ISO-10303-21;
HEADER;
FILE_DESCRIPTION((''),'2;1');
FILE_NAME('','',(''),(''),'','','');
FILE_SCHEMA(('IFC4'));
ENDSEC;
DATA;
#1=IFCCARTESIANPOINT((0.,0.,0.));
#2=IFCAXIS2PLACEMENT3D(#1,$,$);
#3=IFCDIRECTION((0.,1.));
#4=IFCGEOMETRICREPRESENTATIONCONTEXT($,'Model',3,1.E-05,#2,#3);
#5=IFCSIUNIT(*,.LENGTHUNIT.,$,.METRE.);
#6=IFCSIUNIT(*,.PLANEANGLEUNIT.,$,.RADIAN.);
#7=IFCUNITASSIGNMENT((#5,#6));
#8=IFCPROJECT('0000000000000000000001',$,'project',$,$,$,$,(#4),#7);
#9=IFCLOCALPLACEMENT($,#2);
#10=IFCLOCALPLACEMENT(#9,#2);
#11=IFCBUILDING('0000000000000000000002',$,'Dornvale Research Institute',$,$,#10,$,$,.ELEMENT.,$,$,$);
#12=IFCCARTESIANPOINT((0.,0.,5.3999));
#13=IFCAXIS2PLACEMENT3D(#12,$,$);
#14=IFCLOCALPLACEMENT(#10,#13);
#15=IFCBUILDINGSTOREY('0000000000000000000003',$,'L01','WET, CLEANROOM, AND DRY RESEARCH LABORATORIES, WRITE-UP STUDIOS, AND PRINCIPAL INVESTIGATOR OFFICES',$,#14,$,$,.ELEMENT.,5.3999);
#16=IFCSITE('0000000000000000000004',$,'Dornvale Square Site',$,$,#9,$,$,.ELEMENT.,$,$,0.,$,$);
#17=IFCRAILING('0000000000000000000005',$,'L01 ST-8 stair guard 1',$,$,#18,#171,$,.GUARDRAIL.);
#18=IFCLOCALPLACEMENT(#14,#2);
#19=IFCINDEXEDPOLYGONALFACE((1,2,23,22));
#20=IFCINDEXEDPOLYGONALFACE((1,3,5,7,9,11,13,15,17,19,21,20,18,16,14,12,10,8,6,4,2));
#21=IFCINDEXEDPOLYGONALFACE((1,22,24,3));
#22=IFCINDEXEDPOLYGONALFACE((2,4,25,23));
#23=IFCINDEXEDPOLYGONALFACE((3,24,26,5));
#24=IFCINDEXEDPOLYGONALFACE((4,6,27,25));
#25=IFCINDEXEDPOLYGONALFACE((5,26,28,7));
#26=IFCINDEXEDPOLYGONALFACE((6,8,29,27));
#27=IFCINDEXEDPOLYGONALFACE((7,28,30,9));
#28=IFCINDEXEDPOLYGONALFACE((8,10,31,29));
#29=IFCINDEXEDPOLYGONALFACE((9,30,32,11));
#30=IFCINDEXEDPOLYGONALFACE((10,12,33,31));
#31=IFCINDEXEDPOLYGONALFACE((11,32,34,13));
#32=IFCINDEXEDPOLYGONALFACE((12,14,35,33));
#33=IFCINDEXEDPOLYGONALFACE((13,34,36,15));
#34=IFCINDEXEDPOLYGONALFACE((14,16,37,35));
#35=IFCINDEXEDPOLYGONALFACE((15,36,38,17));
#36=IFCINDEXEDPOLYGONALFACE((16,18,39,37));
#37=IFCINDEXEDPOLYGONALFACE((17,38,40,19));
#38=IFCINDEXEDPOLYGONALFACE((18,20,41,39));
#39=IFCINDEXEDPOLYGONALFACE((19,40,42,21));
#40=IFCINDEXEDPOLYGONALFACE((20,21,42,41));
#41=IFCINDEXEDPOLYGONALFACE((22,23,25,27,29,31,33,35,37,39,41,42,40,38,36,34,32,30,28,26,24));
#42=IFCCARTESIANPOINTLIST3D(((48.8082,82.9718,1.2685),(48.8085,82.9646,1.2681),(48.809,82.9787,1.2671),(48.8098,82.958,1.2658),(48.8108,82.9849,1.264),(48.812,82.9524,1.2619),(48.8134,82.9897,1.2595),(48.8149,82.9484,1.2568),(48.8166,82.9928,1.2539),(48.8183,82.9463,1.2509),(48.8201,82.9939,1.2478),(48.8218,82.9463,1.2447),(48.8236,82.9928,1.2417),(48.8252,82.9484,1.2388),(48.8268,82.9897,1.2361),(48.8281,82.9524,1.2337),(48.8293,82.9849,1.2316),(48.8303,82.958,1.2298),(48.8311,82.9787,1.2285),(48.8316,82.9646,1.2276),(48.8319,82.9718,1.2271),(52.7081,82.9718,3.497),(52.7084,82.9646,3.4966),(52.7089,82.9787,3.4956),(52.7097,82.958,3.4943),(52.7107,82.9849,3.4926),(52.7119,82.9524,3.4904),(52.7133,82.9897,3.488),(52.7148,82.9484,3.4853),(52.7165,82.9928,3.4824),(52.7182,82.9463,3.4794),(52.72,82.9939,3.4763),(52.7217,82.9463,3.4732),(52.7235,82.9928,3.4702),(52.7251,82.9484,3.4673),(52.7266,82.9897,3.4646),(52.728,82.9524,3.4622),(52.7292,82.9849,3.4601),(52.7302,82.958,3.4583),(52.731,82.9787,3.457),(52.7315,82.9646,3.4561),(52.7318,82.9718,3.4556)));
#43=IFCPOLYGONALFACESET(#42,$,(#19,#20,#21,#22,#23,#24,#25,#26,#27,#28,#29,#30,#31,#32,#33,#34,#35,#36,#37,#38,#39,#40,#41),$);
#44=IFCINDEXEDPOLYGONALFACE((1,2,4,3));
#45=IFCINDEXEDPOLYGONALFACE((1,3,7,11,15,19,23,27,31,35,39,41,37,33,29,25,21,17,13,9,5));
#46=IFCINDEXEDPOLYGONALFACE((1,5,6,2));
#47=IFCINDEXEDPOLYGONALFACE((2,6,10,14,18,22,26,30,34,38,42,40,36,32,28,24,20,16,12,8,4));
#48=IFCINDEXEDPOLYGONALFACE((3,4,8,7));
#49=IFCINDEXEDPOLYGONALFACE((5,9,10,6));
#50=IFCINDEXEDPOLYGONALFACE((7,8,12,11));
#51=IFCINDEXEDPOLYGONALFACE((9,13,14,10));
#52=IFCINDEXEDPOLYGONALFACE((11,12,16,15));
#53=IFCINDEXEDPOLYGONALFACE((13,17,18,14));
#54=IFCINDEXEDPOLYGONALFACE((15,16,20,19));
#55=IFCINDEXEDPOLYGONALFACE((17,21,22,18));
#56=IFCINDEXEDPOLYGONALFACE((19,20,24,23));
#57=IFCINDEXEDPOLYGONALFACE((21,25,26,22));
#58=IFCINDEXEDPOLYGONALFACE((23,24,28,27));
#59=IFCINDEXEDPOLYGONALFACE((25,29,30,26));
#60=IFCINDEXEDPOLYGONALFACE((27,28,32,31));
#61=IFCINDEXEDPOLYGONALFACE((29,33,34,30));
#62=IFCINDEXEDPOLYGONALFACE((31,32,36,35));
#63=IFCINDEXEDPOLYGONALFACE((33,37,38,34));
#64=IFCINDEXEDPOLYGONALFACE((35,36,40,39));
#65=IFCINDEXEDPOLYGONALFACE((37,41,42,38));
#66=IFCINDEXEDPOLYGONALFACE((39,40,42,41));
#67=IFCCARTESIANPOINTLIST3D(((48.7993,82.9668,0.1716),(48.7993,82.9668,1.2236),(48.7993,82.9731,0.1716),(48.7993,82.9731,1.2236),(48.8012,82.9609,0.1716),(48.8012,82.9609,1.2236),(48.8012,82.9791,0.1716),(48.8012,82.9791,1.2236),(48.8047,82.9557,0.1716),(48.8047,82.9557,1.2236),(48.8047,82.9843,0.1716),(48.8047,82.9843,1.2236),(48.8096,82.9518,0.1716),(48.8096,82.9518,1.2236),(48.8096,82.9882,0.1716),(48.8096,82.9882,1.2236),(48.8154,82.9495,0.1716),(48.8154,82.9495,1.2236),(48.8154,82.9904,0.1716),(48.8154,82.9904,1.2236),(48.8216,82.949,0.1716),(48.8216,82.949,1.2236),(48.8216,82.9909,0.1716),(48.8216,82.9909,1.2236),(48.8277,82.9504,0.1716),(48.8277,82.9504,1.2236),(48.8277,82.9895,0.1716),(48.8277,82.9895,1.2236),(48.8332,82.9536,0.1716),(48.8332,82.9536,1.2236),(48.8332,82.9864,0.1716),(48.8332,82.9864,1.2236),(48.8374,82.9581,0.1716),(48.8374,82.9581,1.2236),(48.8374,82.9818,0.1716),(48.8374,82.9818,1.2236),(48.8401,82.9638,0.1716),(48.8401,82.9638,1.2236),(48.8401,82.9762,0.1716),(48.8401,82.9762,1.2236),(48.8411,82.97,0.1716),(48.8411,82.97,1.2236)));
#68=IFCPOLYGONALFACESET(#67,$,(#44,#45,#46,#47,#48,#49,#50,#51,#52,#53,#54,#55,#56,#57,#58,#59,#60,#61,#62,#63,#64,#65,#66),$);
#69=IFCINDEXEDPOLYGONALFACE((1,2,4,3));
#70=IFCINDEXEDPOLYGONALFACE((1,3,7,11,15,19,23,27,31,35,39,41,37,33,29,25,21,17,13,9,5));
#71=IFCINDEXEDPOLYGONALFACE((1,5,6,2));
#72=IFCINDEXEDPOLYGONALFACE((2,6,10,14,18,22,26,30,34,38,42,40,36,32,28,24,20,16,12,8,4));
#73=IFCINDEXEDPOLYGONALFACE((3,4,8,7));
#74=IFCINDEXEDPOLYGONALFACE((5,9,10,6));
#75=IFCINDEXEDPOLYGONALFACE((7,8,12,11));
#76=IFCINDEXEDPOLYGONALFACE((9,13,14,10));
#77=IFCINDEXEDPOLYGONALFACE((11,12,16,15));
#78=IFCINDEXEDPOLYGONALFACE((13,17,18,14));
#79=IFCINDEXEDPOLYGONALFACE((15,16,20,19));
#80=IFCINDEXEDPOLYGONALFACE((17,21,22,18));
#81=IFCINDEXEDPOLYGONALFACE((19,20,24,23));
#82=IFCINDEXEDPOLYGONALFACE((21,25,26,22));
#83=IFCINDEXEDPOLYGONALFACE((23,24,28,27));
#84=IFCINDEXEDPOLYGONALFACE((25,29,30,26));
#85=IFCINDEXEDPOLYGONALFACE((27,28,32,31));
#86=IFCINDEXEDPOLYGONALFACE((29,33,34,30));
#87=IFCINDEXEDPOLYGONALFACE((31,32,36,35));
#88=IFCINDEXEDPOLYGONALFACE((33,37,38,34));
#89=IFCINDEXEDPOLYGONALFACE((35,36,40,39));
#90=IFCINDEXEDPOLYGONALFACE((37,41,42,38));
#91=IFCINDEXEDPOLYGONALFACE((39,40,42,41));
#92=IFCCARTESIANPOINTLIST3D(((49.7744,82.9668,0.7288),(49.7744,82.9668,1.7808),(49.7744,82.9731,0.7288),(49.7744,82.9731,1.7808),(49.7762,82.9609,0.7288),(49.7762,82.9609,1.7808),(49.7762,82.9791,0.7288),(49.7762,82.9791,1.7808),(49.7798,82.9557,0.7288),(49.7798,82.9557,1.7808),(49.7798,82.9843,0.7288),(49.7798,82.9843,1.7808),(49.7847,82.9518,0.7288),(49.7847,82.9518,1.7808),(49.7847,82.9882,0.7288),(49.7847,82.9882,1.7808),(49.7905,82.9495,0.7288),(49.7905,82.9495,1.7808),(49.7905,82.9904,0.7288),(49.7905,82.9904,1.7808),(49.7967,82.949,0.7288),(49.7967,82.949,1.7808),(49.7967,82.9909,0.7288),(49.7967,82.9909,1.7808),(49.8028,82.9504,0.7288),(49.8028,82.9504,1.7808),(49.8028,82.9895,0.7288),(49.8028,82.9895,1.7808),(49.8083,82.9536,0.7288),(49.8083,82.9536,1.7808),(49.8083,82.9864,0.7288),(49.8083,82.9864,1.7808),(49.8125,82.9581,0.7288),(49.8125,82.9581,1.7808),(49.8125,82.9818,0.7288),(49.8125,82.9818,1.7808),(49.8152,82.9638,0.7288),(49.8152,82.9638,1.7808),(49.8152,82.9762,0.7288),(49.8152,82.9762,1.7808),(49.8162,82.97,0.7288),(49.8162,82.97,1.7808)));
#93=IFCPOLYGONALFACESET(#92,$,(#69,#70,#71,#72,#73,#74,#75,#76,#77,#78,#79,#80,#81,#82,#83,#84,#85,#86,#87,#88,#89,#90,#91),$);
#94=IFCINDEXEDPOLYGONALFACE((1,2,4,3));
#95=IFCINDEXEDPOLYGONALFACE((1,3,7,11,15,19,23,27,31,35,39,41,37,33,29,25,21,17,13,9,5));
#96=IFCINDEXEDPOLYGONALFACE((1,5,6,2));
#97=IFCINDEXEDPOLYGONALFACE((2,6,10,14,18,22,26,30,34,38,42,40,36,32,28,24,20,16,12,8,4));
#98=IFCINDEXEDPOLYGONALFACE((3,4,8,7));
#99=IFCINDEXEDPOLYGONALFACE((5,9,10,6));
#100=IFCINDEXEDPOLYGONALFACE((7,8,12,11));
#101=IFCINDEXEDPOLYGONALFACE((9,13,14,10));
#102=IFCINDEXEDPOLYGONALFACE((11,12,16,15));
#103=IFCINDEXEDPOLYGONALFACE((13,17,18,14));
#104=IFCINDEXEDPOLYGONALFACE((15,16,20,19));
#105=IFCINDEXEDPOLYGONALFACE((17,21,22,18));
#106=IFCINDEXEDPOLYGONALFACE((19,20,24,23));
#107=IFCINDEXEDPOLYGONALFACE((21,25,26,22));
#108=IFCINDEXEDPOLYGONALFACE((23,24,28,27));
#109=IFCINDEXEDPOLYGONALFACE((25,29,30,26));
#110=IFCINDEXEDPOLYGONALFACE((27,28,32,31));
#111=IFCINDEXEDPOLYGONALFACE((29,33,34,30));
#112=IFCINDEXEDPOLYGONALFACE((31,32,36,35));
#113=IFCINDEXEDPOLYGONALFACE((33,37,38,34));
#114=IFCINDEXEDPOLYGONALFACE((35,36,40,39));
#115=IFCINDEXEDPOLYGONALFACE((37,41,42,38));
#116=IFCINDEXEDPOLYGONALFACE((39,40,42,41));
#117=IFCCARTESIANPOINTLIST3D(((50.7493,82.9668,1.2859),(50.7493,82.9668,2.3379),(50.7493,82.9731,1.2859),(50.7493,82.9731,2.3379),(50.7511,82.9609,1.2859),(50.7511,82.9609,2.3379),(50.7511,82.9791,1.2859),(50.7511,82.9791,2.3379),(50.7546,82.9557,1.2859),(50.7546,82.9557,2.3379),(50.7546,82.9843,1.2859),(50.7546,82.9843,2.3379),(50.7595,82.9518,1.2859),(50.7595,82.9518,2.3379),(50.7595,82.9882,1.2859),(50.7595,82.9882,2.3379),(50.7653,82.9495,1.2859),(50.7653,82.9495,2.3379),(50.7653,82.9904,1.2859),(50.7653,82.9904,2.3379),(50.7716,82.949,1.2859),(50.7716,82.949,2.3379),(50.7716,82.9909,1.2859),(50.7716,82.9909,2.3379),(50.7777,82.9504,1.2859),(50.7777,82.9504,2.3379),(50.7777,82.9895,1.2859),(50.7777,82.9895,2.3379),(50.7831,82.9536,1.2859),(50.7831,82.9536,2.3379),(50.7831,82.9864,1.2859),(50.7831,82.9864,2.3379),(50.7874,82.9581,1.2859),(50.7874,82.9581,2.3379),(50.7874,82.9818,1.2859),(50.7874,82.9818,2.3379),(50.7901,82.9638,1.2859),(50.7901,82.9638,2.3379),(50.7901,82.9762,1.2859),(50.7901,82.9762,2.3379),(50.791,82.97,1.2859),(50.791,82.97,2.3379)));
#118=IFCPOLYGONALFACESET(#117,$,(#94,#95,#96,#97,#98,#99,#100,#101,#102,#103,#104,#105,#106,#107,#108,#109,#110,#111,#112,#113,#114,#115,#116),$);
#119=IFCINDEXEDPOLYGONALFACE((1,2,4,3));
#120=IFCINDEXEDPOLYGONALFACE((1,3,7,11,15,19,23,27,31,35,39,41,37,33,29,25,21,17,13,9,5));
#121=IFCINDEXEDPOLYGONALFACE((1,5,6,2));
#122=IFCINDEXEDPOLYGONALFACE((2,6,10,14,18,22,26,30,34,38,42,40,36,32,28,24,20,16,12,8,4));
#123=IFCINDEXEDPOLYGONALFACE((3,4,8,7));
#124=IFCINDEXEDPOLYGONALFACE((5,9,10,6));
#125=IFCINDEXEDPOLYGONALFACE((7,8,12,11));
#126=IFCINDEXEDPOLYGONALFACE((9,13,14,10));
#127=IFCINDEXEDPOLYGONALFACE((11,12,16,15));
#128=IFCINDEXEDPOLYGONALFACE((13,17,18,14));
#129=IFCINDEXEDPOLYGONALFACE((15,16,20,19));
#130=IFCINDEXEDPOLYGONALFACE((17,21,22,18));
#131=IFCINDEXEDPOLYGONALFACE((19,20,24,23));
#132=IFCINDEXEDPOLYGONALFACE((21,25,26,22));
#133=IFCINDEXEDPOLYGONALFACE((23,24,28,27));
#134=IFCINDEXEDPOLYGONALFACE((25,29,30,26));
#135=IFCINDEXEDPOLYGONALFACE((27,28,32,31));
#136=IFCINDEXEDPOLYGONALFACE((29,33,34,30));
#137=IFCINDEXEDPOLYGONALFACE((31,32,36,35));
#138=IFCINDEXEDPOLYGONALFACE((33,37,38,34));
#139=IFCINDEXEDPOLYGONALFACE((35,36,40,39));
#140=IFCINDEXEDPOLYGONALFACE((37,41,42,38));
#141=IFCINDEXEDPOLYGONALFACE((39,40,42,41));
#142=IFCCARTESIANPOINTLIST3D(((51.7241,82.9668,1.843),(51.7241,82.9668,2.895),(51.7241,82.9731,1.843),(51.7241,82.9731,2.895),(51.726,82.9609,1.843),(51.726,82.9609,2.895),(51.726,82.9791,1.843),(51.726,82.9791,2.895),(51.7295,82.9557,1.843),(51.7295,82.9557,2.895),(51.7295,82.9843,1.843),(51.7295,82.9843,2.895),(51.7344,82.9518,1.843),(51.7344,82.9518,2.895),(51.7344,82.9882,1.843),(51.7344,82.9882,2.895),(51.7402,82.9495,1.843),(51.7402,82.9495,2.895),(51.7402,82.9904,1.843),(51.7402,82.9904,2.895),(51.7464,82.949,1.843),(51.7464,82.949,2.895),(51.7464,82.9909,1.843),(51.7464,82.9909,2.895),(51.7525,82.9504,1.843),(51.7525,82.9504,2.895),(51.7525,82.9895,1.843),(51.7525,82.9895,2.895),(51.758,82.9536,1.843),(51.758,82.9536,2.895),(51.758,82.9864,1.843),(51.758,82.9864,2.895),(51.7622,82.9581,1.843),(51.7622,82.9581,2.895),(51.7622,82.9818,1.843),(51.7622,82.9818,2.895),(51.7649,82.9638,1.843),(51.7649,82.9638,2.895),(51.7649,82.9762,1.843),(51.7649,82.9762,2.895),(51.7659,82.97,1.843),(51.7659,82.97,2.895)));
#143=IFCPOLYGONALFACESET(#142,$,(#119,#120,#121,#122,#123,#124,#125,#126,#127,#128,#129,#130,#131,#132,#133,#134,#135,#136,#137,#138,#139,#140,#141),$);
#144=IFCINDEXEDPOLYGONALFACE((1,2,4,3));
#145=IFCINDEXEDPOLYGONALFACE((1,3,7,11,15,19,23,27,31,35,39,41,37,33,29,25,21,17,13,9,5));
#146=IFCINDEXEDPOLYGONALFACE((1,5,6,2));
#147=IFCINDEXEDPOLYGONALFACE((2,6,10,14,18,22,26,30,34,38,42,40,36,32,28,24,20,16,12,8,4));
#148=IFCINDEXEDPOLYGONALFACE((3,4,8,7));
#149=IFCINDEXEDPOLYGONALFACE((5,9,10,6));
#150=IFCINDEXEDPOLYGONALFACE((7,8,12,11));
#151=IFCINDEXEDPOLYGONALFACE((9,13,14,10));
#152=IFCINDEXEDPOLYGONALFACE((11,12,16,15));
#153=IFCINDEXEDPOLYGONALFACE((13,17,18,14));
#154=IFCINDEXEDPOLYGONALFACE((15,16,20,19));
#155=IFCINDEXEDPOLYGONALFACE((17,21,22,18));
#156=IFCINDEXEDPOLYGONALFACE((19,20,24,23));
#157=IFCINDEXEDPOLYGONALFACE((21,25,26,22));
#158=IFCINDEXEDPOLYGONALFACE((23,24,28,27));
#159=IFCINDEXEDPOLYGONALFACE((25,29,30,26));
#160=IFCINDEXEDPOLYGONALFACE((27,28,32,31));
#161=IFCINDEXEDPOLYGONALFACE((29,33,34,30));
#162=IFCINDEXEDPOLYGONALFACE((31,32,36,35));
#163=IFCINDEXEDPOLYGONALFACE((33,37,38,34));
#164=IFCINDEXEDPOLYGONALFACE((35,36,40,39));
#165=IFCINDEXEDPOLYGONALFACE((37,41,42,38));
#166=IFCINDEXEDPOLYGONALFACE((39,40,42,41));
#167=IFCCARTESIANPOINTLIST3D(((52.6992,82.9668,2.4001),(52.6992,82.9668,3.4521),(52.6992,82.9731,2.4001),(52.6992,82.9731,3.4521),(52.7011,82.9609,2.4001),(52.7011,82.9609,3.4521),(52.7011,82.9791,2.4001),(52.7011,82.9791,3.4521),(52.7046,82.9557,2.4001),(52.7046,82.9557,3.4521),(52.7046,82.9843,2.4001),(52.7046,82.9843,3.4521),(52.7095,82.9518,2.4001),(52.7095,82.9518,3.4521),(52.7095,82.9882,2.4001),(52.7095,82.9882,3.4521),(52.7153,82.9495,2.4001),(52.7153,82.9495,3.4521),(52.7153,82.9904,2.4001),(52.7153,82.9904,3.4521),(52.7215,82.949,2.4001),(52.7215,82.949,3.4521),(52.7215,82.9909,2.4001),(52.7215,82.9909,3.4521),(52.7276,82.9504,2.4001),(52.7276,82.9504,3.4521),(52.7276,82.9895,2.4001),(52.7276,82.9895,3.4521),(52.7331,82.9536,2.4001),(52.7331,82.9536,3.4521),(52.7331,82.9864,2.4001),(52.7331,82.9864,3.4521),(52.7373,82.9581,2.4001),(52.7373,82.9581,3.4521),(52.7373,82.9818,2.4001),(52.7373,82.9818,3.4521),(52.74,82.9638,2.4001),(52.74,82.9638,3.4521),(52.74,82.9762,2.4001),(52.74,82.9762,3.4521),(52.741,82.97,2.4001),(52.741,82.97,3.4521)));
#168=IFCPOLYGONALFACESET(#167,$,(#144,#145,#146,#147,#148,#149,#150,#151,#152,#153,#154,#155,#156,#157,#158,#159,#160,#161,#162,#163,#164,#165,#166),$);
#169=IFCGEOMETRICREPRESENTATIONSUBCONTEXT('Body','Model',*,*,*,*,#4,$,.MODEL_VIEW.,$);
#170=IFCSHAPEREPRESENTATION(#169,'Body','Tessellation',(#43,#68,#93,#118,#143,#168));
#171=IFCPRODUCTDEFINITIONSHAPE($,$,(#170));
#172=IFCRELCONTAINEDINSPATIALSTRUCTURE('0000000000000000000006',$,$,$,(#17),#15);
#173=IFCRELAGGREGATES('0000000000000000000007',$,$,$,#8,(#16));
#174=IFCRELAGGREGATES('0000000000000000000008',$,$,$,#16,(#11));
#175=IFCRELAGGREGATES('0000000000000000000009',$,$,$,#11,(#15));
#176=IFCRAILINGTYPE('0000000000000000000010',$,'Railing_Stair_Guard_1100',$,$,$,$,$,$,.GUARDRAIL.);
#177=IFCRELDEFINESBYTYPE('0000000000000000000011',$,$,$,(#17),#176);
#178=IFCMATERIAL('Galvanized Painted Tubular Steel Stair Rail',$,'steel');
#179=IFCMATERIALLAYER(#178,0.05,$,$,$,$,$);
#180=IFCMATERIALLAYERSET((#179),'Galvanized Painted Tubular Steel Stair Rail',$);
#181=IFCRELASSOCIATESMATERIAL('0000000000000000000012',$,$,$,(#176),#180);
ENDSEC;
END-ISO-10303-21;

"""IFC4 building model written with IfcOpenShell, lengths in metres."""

from ifc_helpers import new_model, si_unit, direction, frame, origin, origin_2d, place, context, subcontext, project, spatial, circle, extrude, material, layer, layer_set, type_object, element, save


model = new_model("IFC4")

# Units and contexts
model_context = context("Model", 3, precision=1e-05, world=origin(), true_north=direction((0.0, 1.0)))
body_context = subcontext(model_context, "Body", "Model", "MODEL_VIEW")
ifc_project = project(units=[si_unit("LENGTHUNIT", "METRE"), si_unit("PLANEANGLEUNIT", "RADIAN")], contexts=[model_context])

# Site, building, storey
site_placement = place(None, origin())
site = spatial("IfcSite", under=ifc_project, at=site_placement, Name="Dornvale Square Site", CompositionType="ELEMENT", RefElevation=0.0)
building_placement = place(site_placement, origin())
building = spatial("IfcBuilding", under=site, at=building_placement, Name="Dornvale Research Institute", CompositionType="ELEMENT")
storey_placement = place(building_placement, frame((0.0, 0.0, 5.3999)))
storey = spatial("IfcBuildingStorey", under=building, at=storey_placement, Name="L01", Description="WET, CLEANROOM, AND DRY RESEARCH LABORATORIES, WRITE-UP STUDIOS, AND PRINCIPAL INVESTIGATOR OFFICES", CompositionType="ELEMENT", Elevation=5.3999)

# Railing
ifc_material_1 = material(Name="Galvanized Painted Tubular Steel Stair Rail", Category="steel")
ifc_layer_1 = layer(ifc_material_1, 0.05)
ifc_layer_set_1 = layer_set([ifc_layer_1], Name="Galvanized Painted Tubular Steel Stair Rail")
railing_type_1 = type_object("IfcRailingType", Name="Railing_Stair_Guard_1100", PredefinedType="GUARDRAIL", material=ifc_layer_set_1)
railing_1_placement = place(storey_placement, frame((48.8201, 82.97, 0.1716)))
element("IfcRailing", 1, at=railing_1_placement, inside=storey, type_object=railing_type_1, Name="L01 ST-8 stair guard 1", PredefinedType="GUARDRAIL", context=body_context, shape_type="SweptSolid", body=[
    extrude(circle(Radius=0.0239, at=origin_2d()), frame((0.0, 0.0, 1.0762), z_axis=(0.868243, 0.0, 0.496139), x_axis=(0.0, 1.0, 0.0)), (0.0, 0.0, 1.0), 4.4917),
    extrude(circle(Radius=0.021, at=origin_2d()), origin(), (0.0, 0.0, 1.0), 1.052),
    extrude(circle(Radius=0.021, at=origin_2d()), frame((0.9751, 0.0, 0.5571)), (0.0, 0.0, 1.0), 1.052),
    extrude(circle(Radius=0.021, at=origin_2d()), frame((1.95, 0.0, 1.1143)), (0.0, 0.0, 1.0), 1.052),
    extrude(circle(Radius=0.021, at=origin_2d()), frame((2.9248, 0.0, 1.6714)), (0.0, 0.0, 1.0), 1.052),
    extrude(circle(Radius=0.021, at=origin_2d()), frame((3.8999, 0.0, 2.2285)), (0.0, 0.0, 1.0), 1.052),
])

save(model, "model.ifc")
